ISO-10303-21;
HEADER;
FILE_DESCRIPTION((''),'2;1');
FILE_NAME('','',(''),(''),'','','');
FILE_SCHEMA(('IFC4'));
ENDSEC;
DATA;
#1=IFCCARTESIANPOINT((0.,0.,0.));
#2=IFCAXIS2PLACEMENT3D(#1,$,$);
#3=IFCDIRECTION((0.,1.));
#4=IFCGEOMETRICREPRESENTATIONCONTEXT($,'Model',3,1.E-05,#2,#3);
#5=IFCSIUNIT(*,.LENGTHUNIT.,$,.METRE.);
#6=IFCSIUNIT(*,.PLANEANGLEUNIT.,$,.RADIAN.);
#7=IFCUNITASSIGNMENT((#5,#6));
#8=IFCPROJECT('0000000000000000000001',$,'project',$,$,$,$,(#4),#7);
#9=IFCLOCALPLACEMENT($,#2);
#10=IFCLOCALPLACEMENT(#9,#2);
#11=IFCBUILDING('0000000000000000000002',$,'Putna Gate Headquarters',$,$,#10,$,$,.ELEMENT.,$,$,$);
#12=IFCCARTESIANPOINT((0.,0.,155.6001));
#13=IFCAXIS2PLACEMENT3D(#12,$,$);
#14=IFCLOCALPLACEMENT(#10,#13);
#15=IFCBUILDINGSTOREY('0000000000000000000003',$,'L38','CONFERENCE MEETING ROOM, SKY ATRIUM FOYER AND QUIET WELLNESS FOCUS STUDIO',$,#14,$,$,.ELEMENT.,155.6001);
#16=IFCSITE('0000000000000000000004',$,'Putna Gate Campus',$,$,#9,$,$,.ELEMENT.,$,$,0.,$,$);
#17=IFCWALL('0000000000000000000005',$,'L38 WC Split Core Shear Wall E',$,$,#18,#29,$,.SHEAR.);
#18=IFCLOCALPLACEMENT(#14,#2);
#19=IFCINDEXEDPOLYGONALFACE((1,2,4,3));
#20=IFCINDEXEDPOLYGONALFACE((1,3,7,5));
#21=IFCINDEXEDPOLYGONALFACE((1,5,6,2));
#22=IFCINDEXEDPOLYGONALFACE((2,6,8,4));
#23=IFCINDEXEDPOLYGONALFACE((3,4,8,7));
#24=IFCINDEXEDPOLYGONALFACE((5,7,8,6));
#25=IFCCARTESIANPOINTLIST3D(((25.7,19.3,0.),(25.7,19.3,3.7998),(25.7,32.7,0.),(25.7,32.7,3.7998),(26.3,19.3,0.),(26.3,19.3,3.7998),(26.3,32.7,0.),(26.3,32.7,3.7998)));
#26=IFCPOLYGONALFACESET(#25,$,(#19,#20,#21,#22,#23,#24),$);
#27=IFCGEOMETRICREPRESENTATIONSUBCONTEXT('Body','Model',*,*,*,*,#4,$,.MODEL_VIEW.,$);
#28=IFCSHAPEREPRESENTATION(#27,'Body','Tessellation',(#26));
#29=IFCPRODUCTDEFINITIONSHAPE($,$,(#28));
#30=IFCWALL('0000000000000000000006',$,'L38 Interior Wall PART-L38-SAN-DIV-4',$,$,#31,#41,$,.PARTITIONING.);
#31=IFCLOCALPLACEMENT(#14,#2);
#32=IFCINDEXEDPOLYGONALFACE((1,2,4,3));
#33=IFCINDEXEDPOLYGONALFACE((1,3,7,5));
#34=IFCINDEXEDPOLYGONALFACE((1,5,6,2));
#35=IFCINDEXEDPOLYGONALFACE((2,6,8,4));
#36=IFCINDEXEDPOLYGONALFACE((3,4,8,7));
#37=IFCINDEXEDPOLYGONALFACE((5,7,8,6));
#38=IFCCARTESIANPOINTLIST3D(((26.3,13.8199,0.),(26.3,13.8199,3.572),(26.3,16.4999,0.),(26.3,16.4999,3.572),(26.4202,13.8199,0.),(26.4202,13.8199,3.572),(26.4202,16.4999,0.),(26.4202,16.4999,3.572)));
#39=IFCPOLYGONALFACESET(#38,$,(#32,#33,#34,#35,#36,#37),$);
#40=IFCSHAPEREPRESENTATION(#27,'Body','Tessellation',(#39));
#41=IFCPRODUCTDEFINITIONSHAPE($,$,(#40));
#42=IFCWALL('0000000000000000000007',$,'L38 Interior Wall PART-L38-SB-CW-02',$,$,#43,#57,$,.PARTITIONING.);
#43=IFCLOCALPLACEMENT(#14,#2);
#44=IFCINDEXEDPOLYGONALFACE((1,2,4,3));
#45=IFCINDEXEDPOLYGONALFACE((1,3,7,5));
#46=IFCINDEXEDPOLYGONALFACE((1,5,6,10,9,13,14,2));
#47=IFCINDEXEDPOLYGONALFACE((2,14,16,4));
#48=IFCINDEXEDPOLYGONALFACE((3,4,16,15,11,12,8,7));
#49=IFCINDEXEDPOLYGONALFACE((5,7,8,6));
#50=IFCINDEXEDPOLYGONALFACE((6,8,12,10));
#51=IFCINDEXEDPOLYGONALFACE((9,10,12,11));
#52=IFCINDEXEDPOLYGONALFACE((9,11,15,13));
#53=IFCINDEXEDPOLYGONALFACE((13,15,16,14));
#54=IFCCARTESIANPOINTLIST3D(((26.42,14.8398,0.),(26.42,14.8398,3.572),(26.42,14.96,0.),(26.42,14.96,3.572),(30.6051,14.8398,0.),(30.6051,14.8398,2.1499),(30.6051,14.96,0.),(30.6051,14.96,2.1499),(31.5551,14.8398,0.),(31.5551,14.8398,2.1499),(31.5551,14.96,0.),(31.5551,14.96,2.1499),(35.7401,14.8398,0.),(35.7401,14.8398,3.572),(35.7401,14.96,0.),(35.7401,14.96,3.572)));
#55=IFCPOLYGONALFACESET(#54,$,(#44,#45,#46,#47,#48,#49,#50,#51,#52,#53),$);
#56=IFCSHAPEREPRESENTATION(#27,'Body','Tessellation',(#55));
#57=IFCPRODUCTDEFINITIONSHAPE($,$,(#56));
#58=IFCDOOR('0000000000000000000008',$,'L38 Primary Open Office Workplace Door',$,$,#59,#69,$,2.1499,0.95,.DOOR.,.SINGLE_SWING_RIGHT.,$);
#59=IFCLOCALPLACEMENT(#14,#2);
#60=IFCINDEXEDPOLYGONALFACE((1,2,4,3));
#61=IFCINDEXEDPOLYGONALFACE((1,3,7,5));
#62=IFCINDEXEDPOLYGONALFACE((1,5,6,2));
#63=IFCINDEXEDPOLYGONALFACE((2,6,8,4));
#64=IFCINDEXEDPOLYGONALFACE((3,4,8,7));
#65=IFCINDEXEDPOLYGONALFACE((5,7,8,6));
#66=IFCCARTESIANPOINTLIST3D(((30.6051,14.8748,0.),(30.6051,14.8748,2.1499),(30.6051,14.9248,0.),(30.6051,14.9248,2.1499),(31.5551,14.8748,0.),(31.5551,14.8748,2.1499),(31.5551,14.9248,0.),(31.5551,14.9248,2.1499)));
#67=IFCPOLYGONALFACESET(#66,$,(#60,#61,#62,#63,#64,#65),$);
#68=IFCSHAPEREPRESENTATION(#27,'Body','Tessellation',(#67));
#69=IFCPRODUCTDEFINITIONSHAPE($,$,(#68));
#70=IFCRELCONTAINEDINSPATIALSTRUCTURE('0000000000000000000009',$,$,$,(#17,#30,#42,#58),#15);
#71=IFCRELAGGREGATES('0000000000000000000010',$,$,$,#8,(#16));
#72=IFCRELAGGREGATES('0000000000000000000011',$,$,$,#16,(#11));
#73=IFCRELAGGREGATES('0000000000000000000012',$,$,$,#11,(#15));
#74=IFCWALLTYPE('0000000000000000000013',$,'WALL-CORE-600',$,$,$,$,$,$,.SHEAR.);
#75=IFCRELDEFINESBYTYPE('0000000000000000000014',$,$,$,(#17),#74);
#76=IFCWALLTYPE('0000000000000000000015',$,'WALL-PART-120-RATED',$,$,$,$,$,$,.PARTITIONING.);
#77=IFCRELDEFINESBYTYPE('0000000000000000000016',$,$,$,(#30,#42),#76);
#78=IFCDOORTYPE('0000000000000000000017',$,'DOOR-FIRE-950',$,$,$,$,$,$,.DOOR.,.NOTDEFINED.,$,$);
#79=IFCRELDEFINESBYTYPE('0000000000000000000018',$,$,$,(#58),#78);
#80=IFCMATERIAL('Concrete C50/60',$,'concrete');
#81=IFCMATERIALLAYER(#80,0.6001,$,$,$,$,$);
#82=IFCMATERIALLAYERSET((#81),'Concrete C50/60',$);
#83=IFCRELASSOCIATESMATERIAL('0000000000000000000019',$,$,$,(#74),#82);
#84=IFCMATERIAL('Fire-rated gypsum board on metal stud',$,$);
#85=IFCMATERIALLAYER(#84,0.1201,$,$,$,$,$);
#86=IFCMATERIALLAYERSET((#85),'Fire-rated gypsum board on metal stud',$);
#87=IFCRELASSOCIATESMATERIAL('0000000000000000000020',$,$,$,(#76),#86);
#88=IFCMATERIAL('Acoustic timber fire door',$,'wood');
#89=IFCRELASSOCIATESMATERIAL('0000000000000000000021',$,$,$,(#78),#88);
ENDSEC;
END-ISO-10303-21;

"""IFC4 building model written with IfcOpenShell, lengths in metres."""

from ifc_helpers import new_model, si_unit, direction, frame, frame_2d, origin, place, context, subcontext, project, spatial, rectangle, extrude, material, layer, layer_set, type_object, element, fill, save


model = new_model("IFC4")

# Units and contexts
model_context = context("Model", 3, precision=1e-05, world=origin(), true_north=direction((0.0, 1.0)))
body_context = subcontext(model_context, "Body", "Model", "MODEL_VIEW")
ifc_project = project(units=[si_unit("LENGTHUNIT", "METRE"), si_unit("PLANEANGLEUNIT", "RADIAN")], contexts=[model_context])

# Site, building, storey
site_placement = place(None, origin())
site = spatial("IfcSite", under=ifc_project, at=site_placement, Name="Putna Gate Campus", CompositionType="ELEMENT", RefElevation=0.0)
building_placement = place(site_placement, origin())
building = spatial("IfcBuilding", under=site, at=building_placement, Name="Putna Gate Headquarters", CompositionType="ELEMENT")
storey_placement = place(building_placement, frame((0.0, 0.0, 155.6001)))
storey = spatial("IfcBuildingStorey", under=building, at=storey_placement, Name="L38", Description="CONFERENCE MEETING ROOM, SKY ATRIUM FOYER AND QUIET WELLNESS FOCUS STUDIO", CompositionType="ELEMENT", Elevation=155.6001)

# Shared definitions
ifc_material_1 = material(Name="Concrete C50/60", Category="concrete")

# Walls
ifc_layer_1 = layer(ifc_material_1, 0.6001)
ifc_layer_set_1 = layer_set([ifc_layer_1], Name="Concrete C50/60")
wall_type_1 = type_object("IfcWallType", Name="WALL-CORE-600", PredefinedType="SHEAR", material=ifc_layer_set_1)
wall_1_placement = place(storey_placement, frame((26.0, 19.3, 0.0), z_axis=(0.0, 0.0, 1.0), x_axis=(0.0, 1.0, 0.0)))
element("IfcWall", 1, at=wall_1_placement, inside=storey, type_object=wall_type_1, Name="L38 WC Split Core Shear Wall E", PredefinedType="SHEAR", context=body_context, shape_type="SweptSolid", body=[
    extrude(rectangle(XDim=13.3999, YDim=0.6001, at=frame_2d((6.7, 0.0))), origin(), (0.0, 0.0, 1.0), 3.7998),
])
ifc_material_2 = material(Name="Fire-rated gypsum board on metal stud")
ifc_layer_2 = layer(ifc_material_2, 0.1201)
ifc_layer_set_2 = layer_set([ifc_layer_2], Name="Fire-rated gypsum board on metal stud")
wall_type_2 = type_object("IfcWallType", Name="WALL-PART-120-RATED", PredefinedType="PARTITIONING", material=ifc_layer_set_2)
wall_2_placement = place(storey_placement, frame((26.3601, 13.8201, 0.0), z_axis=(0.0, 0.0, 1.0), x_axis=(0.0, 1.0, 0.0)))
element("IfcWall", 2, at=wall_2_placement, inside=storey, type_object=wall_type_2, Name="L38 Interior Wall PART-L38-SAN-DIV-4", PredefinedType="PARTITIONING", context=body_context, shape_type="SweptSolid", body=[
    extrude(rectangle(XDim=2.6799, YDim=0.1201, at=frame_2d((1.3398, 0.0))), origin(), (0.0, 0.0, 1.0), 3.572),
])

# Wall, opening, door
wall_3_placement = place(storey_placement, frame((26.4199, 14.8999, 0.0), z_axis=(0.0, 0.0, 1.0), x_axis=(1.0, 0.0, 0.0)))
wall_3 = element("IfcWall", 3, at=wall_3_placement, inside=storey, type_object=wall_type_2, Name="L38 Interior Wall PART-L38-SB-CW-02", PredefinedType="PARTITIONING", context=body_context, shape_type="SweptSolid", body=[
    extrude(rectangle(XDim=9.3201, YDim=0.1201, at=frame_2d((4.6602, 0.0))), origin(), (0.0, 0.0, 1.0), 3.572),
])
opening_placement = place(wall_3_placement, frame((4.1851, 0.0, 0.0)))
opening = element("IfcOpeningElement", 4, at=opening_placement, cuts=wall_3, PredefinedType="OPENING", context=body_context, shape_type="SweptSolid", body=[
    extrude(rectangle(XDim=0.95, YDim=2.1499, at=frame_2d((0.4751, 1.075))), frame((0.0, 0.0701, 0.0), z_axis=(0.0, -1.0, 0.0), x_axis=(1.0, 0.0, 0.0)), (0.0, 0.0, 1.0), 0.1401),
])
ifc_material_3 = material(Name="Acoustic timber fire door", Category="wood")
door_type = type_object("IfcDoorType", Name="DOOR-FIRE-950", OperationType="NOTDEFINED", PredefinedType="DOOR", material=ifc_material_3)
door_placement = place(opening_placement, origin())
door = element("IfcDoor", 5, at=door_placement, inside=storey, type_object=door_type, Name="L38 Primary Open Office Workplace Door", OperationType="SINGLE_SWING_RIGHT", OverallHeight=2.1499, OverallWidth=0.95, PredefinedType="DOOR", context=body_context, shape_type="SweptSolid", body=[
    extrude(rectangle(XDim=0.95, YDim=2.1499, at=frame_2d((0.4751, 1.075))), frame((0.0, 0.0249, 0.0), z_axis=(0.0, -1.0, 0.0), x_axis=(1.0, 0.0, 0.0)), (0.0, 0.0, 1.0), 0.05),
])
fill(opening, door)

save(model, "model.ifc")
